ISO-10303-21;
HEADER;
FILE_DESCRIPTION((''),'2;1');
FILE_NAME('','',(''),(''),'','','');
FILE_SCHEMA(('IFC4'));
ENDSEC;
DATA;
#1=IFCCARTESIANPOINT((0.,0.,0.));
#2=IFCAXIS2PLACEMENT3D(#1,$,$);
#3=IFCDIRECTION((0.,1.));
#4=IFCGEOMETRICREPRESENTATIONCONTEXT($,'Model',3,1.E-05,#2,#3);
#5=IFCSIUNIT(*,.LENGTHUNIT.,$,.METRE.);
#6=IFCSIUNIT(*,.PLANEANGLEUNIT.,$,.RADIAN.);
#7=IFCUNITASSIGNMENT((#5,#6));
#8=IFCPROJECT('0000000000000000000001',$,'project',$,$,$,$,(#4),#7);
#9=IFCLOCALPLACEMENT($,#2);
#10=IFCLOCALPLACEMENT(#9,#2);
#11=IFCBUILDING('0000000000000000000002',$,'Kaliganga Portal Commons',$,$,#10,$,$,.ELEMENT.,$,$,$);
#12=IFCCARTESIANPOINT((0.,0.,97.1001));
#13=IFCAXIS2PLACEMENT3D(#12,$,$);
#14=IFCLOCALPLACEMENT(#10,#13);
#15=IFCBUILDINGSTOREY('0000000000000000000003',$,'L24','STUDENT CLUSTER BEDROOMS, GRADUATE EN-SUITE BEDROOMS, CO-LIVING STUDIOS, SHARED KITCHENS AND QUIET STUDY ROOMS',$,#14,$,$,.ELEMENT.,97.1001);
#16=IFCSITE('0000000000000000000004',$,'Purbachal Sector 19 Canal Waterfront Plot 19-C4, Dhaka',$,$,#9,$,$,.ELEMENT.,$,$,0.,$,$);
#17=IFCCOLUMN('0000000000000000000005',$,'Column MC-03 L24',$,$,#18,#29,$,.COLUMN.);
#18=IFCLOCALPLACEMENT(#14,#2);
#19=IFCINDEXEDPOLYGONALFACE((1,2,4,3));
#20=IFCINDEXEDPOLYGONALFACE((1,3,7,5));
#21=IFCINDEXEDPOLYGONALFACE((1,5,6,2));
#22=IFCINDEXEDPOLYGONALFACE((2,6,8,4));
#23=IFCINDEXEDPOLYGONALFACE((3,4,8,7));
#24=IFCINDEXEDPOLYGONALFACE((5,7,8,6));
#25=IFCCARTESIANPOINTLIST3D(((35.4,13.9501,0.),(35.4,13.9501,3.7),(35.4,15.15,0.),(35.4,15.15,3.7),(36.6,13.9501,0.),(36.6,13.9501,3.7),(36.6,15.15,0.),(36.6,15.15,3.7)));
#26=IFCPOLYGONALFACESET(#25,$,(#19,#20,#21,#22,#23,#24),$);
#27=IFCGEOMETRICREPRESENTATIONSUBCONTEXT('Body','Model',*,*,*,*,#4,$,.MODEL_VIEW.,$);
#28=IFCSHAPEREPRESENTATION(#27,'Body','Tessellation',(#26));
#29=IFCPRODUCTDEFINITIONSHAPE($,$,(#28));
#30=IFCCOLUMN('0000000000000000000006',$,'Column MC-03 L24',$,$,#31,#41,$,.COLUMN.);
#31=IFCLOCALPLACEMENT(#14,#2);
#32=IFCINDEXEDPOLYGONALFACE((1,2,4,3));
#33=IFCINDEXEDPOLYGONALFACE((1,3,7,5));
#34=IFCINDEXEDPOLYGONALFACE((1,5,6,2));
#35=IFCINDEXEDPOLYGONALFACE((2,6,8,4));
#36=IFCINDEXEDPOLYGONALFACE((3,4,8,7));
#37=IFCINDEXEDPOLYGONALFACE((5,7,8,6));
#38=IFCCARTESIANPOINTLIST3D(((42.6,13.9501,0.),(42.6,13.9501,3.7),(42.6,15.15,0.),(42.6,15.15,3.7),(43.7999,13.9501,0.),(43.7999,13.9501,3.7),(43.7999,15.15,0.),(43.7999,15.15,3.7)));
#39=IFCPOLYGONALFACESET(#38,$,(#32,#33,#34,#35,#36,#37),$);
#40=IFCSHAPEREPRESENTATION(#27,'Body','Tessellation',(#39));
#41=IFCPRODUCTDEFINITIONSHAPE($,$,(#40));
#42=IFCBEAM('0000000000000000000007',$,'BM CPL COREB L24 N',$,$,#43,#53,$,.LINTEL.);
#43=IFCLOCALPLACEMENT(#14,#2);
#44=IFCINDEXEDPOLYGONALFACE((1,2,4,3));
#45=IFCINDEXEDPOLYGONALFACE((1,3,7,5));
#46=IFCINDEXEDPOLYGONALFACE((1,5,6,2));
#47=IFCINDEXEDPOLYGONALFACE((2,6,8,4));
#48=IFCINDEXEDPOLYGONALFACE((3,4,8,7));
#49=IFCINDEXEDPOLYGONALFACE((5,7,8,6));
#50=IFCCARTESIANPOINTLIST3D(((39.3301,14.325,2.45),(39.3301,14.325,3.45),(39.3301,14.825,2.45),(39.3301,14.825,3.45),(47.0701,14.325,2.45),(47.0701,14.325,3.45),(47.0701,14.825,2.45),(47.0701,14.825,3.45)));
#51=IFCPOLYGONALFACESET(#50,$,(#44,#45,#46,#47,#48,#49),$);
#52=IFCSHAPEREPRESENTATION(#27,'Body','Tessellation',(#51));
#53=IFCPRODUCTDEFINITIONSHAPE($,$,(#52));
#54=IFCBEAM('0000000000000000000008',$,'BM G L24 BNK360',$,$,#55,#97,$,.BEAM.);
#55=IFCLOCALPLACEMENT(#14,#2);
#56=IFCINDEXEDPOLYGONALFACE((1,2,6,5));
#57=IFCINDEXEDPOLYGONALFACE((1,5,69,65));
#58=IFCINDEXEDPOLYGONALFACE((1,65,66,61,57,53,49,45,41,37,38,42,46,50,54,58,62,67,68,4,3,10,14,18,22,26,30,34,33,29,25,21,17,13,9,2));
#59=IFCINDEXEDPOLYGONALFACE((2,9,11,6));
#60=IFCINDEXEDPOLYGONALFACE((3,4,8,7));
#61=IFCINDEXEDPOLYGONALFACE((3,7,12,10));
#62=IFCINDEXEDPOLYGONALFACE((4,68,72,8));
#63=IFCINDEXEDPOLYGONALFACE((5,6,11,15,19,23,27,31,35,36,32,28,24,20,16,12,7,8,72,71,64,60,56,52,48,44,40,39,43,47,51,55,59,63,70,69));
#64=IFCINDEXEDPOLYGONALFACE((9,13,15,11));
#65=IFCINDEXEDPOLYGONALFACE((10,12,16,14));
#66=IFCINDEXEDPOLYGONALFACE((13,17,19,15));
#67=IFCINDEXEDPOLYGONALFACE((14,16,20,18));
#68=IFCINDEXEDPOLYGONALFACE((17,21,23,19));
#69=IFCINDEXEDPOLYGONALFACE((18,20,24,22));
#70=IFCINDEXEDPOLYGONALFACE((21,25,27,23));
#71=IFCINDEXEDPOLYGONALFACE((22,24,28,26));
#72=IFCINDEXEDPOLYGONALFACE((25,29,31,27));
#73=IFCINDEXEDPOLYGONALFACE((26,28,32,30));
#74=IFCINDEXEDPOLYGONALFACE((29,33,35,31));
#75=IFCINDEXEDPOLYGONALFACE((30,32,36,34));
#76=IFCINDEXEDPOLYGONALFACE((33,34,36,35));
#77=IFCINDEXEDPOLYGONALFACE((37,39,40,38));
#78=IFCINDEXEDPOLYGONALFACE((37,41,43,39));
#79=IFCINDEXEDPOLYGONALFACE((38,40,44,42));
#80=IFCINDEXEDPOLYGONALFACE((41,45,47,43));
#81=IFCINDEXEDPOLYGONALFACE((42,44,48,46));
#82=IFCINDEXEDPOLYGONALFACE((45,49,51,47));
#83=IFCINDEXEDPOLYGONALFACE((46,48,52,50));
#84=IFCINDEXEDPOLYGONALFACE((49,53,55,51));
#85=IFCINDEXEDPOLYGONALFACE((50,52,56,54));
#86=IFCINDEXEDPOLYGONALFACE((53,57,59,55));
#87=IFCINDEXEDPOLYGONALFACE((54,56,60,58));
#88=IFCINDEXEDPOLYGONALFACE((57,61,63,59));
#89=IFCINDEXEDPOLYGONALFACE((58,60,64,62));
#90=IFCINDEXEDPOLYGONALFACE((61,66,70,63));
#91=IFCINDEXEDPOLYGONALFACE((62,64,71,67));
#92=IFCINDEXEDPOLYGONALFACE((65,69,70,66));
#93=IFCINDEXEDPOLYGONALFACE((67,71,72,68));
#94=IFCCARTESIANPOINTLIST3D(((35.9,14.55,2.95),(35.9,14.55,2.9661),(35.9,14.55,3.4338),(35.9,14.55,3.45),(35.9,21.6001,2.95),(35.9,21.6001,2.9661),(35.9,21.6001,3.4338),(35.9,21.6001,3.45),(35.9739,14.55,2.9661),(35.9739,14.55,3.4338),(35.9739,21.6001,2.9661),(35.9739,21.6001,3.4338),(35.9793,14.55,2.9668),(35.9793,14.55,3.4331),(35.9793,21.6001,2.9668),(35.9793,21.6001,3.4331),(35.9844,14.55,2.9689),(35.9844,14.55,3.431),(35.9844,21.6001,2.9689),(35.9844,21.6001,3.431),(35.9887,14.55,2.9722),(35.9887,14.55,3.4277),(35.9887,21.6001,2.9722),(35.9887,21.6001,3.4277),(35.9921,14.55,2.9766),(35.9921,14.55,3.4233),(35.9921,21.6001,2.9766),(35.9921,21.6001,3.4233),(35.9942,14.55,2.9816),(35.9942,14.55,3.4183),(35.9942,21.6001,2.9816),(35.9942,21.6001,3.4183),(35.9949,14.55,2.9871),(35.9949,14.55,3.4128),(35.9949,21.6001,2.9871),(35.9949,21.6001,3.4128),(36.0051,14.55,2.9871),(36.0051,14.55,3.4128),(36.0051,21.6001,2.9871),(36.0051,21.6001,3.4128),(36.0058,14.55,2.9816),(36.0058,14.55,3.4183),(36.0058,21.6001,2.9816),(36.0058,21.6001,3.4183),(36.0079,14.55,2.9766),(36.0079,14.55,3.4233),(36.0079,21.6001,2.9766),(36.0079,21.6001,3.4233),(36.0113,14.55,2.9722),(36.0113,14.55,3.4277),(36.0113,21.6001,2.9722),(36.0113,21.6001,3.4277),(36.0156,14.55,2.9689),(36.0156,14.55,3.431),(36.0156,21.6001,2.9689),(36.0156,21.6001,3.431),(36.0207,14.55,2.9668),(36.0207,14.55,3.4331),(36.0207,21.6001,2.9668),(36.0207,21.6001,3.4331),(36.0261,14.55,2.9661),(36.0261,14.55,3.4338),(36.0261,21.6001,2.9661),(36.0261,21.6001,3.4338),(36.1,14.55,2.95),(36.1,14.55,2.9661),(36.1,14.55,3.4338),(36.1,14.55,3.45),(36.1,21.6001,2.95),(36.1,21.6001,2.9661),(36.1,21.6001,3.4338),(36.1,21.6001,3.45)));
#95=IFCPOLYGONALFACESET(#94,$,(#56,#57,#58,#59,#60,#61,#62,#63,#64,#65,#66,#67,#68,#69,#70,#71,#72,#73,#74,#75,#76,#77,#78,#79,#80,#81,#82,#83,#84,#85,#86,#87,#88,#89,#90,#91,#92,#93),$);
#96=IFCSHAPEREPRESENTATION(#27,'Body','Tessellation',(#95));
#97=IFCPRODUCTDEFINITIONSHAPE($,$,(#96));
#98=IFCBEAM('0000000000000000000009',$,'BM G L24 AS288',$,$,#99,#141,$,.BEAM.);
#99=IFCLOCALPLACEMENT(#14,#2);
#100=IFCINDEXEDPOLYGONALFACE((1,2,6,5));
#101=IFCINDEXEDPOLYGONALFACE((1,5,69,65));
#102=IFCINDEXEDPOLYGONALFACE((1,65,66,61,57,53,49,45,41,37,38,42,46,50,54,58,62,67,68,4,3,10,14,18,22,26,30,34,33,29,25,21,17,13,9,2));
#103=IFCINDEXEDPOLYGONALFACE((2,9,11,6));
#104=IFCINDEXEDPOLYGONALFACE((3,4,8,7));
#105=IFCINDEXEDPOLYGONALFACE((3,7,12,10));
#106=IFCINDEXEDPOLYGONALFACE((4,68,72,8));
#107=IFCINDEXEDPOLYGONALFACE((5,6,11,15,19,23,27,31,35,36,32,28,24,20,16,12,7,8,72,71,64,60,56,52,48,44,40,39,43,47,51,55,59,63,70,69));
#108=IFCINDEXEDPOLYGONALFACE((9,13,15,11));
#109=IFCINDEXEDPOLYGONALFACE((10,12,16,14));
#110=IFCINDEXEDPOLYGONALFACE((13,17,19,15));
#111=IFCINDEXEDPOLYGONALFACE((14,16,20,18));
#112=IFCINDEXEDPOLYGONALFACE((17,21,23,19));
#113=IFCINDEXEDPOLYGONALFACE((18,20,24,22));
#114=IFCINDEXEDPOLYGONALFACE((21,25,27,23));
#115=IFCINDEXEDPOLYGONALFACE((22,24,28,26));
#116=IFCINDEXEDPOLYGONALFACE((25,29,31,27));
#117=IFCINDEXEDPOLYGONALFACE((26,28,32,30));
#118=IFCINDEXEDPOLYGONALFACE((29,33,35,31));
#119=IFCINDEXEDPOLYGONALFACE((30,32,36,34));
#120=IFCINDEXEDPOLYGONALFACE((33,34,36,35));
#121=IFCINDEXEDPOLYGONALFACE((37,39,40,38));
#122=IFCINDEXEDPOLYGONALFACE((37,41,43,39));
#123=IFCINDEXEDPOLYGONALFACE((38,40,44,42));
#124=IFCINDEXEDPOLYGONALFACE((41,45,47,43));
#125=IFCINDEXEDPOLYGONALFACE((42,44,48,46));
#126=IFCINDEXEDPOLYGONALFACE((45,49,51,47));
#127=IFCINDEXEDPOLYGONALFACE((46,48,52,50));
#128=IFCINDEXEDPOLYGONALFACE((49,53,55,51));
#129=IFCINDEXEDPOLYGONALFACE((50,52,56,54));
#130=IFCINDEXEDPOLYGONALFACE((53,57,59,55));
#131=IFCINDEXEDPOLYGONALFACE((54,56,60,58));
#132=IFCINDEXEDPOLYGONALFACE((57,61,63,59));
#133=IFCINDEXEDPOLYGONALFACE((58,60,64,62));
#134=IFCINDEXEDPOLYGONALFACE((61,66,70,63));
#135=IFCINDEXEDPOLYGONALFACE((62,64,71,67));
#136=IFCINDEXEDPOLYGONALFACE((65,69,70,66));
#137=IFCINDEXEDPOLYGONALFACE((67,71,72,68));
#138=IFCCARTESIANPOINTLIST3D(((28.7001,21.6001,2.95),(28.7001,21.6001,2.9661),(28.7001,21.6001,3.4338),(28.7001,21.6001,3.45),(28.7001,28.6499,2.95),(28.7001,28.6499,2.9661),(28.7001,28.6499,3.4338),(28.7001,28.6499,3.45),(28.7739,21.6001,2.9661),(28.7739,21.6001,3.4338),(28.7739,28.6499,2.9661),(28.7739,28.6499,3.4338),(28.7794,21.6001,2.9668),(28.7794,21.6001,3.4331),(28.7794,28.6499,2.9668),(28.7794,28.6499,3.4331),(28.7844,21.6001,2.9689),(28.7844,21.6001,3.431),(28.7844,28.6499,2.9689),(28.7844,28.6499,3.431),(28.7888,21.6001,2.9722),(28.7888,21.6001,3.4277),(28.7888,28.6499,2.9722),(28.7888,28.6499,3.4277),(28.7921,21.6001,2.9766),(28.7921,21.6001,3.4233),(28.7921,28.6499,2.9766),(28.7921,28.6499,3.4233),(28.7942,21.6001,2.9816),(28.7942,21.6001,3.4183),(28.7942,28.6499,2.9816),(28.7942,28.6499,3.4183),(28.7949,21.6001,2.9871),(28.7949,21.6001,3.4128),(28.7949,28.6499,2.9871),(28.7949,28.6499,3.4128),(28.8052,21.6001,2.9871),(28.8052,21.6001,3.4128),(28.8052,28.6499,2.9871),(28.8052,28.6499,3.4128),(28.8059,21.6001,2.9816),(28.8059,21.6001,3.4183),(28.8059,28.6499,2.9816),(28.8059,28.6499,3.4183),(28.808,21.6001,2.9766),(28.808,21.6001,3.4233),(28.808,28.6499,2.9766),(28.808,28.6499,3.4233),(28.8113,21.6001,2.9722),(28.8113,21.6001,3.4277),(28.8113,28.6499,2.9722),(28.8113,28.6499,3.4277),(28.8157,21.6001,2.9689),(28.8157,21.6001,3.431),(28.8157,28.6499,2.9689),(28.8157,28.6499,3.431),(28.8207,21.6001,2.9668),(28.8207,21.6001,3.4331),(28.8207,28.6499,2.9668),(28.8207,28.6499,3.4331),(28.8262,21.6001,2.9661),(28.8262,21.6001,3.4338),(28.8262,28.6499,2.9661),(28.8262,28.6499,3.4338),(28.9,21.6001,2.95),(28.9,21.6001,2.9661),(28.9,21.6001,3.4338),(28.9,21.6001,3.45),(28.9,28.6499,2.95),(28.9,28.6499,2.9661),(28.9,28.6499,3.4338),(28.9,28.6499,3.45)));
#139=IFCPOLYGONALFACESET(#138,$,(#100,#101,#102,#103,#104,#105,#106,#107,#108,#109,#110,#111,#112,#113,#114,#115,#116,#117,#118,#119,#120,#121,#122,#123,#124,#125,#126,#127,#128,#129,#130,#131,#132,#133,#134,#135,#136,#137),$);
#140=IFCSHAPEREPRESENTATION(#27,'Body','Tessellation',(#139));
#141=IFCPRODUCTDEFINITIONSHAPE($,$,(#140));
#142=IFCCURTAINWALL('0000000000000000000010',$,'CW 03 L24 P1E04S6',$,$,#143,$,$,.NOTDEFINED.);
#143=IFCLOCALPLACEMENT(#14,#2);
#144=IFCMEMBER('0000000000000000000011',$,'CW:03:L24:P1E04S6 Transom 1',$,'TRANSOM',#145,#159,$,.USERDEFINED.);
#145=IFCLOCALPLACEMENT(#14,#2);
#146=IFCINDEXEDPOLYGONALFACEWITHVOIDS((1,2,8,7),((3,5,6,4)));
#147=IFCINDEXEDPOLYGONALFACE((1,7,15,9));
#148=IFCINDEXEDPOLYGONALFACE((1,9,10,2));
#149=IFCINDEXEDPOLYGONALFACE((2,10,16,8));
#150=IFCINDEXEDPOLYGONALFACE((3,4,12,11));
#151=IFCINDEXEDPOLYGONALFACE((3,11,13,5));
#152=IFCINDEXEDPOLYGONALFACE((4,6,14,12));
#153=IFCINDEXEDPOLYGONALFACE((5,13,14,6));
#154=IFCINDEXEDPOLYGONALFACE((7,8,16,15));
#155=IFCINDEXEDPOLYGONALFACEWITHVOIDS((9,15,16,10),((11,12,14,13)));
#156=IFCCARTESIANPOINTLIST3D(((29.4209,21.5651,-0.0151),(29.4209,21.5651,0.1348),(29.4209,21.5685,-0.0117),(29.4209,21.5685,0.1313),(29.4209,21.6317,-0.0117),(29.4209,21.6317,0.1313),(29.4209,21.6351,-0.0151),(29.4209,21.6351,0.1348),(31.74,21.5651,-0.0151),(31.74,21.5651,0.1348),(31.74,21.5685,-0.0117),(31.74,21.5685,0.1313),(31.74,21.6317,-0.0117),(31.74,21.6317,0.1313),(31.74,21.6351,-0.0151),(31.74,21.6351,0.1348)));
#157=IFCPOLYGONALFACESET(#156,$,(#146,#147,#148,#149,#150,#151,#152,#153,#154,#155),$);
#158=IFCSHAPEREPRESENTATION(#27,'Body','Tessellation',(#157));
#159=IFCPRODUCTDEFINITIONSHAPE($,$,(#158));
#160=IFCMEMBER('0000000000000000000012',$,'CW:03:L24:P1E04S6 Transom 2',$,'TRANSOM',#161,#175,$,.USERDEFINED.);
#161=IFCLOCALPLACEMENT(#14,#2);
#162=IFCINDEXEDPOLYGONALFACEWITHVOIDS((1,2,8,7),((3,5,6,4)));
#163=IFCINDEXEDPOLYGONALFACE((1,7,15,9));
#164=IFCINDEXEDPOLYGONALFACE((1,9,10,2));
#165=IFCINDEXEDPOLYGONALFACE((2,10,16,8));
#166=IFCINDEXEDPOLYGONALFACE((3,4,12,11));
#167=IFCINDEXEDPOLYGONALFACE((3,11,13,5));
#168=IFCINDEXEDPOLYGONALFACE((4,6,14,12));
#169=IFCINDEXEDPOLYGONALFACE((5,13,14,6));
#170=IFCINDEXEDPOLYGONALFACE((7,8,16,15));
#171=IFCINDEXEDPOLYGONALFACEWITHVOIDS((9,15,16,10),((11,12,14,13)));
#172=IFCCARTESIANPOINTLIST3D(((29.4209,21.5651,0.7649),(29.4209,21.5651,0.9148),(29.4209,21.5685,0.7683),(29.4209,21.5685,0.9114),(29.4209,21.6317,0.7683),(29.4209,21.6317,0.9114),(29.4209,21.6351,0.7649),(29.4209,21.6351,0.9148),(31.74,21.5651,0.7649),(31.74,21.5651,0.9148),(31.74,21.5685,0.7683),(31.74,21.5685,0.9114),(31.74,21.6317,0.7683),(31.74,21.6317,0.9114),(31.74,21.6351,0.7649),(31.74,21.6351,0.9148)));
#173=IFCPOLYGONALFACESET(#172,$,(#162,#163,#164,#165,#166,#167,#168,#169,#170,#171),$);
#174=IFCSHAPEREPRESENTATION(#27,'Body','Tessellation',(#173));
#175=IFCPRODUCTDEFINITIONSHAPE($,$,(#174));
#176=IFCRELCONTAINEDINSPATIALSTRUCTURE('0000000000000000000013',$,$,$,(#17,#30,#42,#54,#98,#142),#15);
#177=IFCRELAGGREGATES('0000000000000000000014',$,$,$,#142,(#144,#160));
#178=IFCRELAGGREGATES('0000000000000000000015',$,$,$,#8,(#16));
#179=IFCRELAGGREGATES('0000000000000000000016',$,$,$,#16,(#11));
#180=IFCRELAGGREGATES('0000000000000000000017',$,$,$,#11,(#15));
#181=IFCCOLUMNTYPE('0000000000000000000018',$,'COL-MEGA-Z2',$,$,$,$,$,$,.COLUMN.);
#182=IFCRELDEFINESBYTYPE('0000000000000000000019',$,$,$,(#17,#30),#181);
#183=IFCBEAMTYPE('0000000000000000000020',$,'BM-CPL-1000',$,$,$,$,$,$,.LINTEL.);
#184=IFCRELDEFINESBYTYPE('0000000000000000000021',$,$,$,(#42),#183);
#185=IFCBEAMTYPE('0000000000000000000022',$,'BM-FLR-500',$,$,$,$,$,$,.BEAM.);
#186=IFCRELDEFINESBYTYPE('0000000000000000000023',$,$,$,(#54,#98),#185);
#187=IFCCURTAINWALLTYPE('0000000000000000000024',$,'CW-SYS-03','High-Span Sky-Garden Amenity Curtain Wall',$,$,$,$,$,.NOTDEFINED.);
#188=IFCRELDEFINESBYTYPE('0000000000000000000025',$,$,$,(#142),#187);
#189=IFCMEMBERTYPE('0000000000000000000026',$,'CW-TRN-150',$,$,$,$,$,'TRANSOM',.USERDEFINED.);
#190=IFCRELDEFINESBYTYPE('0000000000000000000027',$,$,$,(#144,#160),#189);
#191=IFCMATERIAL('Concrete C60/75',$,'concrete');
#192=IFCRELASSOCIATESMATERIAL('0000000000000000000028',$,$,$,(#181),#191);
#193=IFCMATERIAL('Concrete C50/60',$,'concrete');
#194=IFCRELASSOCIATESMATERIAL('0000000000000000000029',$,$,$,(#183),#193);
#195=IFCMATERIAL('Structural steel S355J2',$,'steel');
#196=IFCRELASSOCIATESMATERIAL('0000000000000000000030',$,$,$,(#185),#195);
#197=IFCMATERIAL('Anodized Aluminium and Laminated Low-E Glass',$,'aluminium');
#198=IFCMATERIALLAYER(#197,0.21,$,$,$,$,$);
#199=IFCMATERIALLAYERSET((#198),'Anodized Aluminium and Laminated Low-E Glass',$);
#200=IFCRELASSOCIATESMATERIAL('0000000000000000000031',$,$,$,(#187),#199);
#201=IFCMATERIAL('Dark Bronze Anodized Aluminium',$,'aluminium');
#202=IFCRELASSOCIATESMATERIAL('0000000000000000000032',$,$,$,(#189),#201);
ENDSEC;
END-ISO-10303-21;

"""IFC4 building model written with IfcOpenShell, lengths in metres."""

from ifc_helpers import new_model, si_unit, direction, frame, origin, origin_2d, place, context, subcontext, project, spatial, rectangle, hollow_rectangle, i_section, extrude, source, transform, mapped, material, layer, layer_set, material_profile, profile_set, type_object, element, aggregate, save


model = new_model("IFC4")

# Units and contexts
model_context = context("Model", 3, precision=1e-05, world=origin(), true_north=direction((0.0, 1.0)))
body_context = subcontext(model_context, "Body", "Model", "MODEL_VIEW")
ifc_project = project(units=[si_unit("LENGTHUNIT", "METRE"), si_unit("PLANEANGLEUNIT", "RADIAN")], contexts=[model_context])

# Site, building, storey
site_placement = place(None, origin())
site = spatial("IfcSite", under=ifc_project, at=site_placement, Name="Purbachal Sector 19 Canal Waterfront Plot 19-C4, Dhaka", CompositionType="ELEMENT", RefElevation=0.0)
building_placement = place(site_placement, origin())
building = spatial("IfcBuilding", under=site, at=building_placement, Name="Kaliganga Portal Commons", CompositionType="ELEMENT")
storey_placement = place(building_placement, frame((0.0, 0.0, 97.1001)))
storey = spatial("IfcBuildingStorey", under=building, at=storey_placement, Name="L24", Description="STUDENT CLUSTER BEDROOMS, GRADUATE EN-SUITE BEDROOMS, CO-LIVING STUDIOS, SHARED KITCHENS AND QUIET STUDY ROOMS", CompositionType="ELEMENT", Elevation=97.1001)

# Columns
ifc_material_1 = material(Name="Concrete C60/75", Category="concrete")
ifc_material_profile_1 = material_profile(ifc_material_1, rectangle(XDim=1.2, YDim=1.2, at=origin_2d()), Name="RC 1200x1200")
ifc_profile_set_1 = profile_set([ifc_material_profile_1], Name="Concrete C60/75")
column_type = type_object("IfcColumnType", Name="COL-MEGA-Z2", PredefinedType="COLUMN", material=ifc_profile_set_1)
shared_shape_1 = source(origin(), body_context, "Body", "SweptSolid", [
    extrude(rectangle(XDim=1.2, YDim=1.2, at=origin_2d()), origin(), (0.0, 0.0, 1.0), 3.7),
])
for number, where, z_axis, x_axis, name in (
    (1, (36.0, 14.55, 0.0), (0.0, 0.0, 1.0), (1.0, 0.0, 0.0), "Column MC-03 L24"),
    (2, (43.2, 14.55, 0.0), (0.0, 0.0, 1.0), (1.0, 0.0, 0.0), "Column MC-03 L24"),
):
    element("IfcColumn", number, at=place(storey_placement, frame(where, z_axis=z_axis, x_axis=x_axis)), inside=storey, type_object=column_type, Name=name, PredefinedType="COLUMN", context=body_context, shape_type="MappedRepresentation", body=[
        mapped(shared_shape_1, transform((0.0, 0.0, 0.0), x_axis=(1.0, 0.0, 0.0), y_axis=(0.0, 1.0, 0.0), z_axis=(0.0, 0.0, 1.0), scale=1.0)),
    ])

# Beams
ifc_material_2 = material(Name="Concrete C50/60", Category="concrete")
ifc_material_profile_2 = material_profile(ifc_material_2, rectangle(XDim=0.5, YDim=1.0, at=origin_2d()), Name="RC 500x1000")
ifc_profile_set_2 = profile_set([ifc_material_profile_2], Name="Concrete C50/60")
beam_type_1 = type_object("IfcBeamType", Name="BM-CPL-1000", PredefinedType="LINTEL", material=ifc_profile_set_2)
shared_shape_2 = source(origin(), body_context, "Body", "SweptSolid", [
    extrude(rectangle(XDim=0.5, YDim=1.0, at=origin_2d()), origin(), (0.0, 0.0, 1.0), 7.74),
])
beam_1_placement = place(storey_placement, frame((39.3301, 14.575, 2.95), z_axis=(1.0, 0.0, 0.0), x_axis=(0.0, 1.0, 0.0)))
element("IfcBeam", 3, at=beam_1_placement, inside=storey, type_object=beam_type_1, Name="BM CPL COREB L24 N", PredefinedType="LINTEL", context=body_context, shape_type="MappedRepresentation", body=[
    mapped(shared_shape_2, transform((0.0, 0.0, 0.0), x_axis=(1.0, 0.0, 0.0), y_axis=(0.0, 1.0, 0.0), z_axis=(0.0, 0.0, 1.0), scale=1.0)),
])
ifc_material_3 = material(Name="Structural steel S355J2", Category="steel")
ifc_material_profile_3 = material_profile(ifc_material_3, i_section(OverallWidth=0.2, OverallDepth=0.5, WebThickness=0.0103, FlangeThickness=0.0161, FilletRadius=0.021, at=origin_2d()), Name="IPE 500")
ifc_profile_set_3 = profile_set([ifc_material_profile_3], Name="Structural steel S355J2 wide-flange")
beam_type_2 = type_object("IfcBeamType", Name="BM-FLR-500", PredefinedType="BEAM", material=ifc_profile_set_3)
shared_shape_3 = source(origin(), body_context, "Body", "SweptSolid", [
    extrude(i_section(OverallWidth=0.2, OverallDepth=0.5, WebThickness=0.0103, FlangeThickness=0.0161, FilletRadius=0.021, at=origin_2d()), origin(), (0.0, 0.0, 1.0), 7.05),
])
beam_2_placement = place(storey_placement, frame((36.0, 14.55, 3.2), z_axis=(0.0, 1.0, 0.0), x_axis=(-1.0, 0.0, 0.0)))
element("IfcBeam", 4, at=beam_2_placement, inside=storey, type_object=beam_type_2, Name="BM G L24 BNK360", PredefinedType="BEAM", context=body_context, shape_type="MappedRepresentation", body=[
    mapped(shared_shape_3, transform((0.0, 0.0, 0.0), x_axis=(1.0, 0.0, 0.0), y_axis=(0.0, 1.0, 0.0), z_axis=(0.0, 0.0, 1.0), scale=1.0)),
])
shared_shape_4 = source(origin(), body_context, "Body", "SweptSolid", [
    extrude(i_section(OverallWidth=0.2, OverallDepth=0.5, WebThickness=0.0103, FlangeThickness=0.0161, FilletRadius=0.021, at=origin_2d()), origin(), (0.0, 0.0, 1.0), 7.0498),
])
beam_3_placement = place(storey_placement, frame((28.8, 21.6001, 3.2), z_axis=(0.0, 1.0, 0.0), x_axis=(-1.0, 0.0, 0.0)))
element("IfcBeam", 5, at=beam_3_placement, inside=storey, type_object=beam_type_2, Name="BM G L24 AS288", PredefinedType="BEAM", context=body_context, shape_type="MappedRepresentation", body=[
    mapped(shared_shape_4, transform((0.0, 0.0, 0.0), x_axis=(1.0, 0.0, 0.0), y_axis=(0.0, 1.0, 0.0), z_axis=(0.0, 0.0, 1.0), scale=1.0)),
])

# Curtain wall, members
ifc_material_4 = material(Name="Anodized Aluminium and Laminated Low-E Glass", Category="aluminium")
ifc_layer_1 = layer(ifc_material_4, 0.21)
ifc_layer_set_1 = layer_set([ifc_layer_1], Name="Anodized Aluminium and Laminated Low-E Glass")
curtain_wall_type = type_object("IfcCurtainWallType", Name="CW-SYS-03", Description="High-Span Sky-Garden Amenity Curtain Wall", PredefinedType="NOTDEFINED", material=ifc_layer_set_1)
curtain_wall_placement = place(storey_placement, origin())
curtain_wall = element("IfcCurtainWall", 6, at=curtain_wall_placement, inside=storey, type_object=curtain_wall_type, Name="CW 03 L24 P1E04S6", PredefinedType="NOTDEFINED")
ifc_material_5 = material(Name="Dark Bronze Anodized Aluminium", Category="aluminium")
ifc_material_profile_4 = material_profile(ifc_material_5, hollow_rectangle(XDim=0.0701, YDim=0.1499, WallThickness=0.0034, at=origin_2d()), Name="ALU TRAN 70x150x3.5")
ifc_profile_set_4 = profile_set([ifc_material_profile_4], Name="Dark Bronze Anodized Aluminium")
member_type_1 = type_object("IfcMemberType", Name="CW-TRN-150", ElementType="TRANSOM", PredefinedType="USERDEFINED", material=ifc_profile_set_4)
shared_shape_5 = source(origin(), body_context, "Body", "SweptSolid", [
    extrude(hollow_rectangle(XDim=0.0701, YDim=0.1499, WallThickness=0.0034, at=origin_2d()), origin(), (0.0, 0.0, 1.0), 2.3191),
])
member_1_placement = place(storey_placement, frame((29.4209, 21.6001, 0.0598), z_axis=(1.0, 0.0, 0.0), x_axis=(0.0, 1.0, 0.0)))
member_1 = element("IfcMember", 7, at=member_1_placement, type_object=member_type_1, Name="CW:03:L24:P1E04S6 Transom 1", ObjectType="TRANSOM", PredefinedType="USERDEFINED", context=body_context, shape_type="MappedRepresentation", body=[
    mapped(shared_shape_5, transform((0.0, 0.0, 0.0), x_axis=(1.0, 0.0, 0.0), y_axis=(0.0, 1.0, 0.0), z_axis=(0.0, 0.0, 1.0), scale=1.0)),
])
member_2_placement = place(storey_placement, frame((29.4209, 21.6001, 0.8398), z_axis=(1.0, 0.0, 0.0), x_axis=(0.0, 1.0, 0.0)))
member_2 = element("IfcMember", 8, at=member_2_placement, type_object=member_type_1, Name="CW:03:L24:P1E04S6 Transom 2", ObjectType="TRANSOM", PredefinedType="USERDEFINED", context=body_context, shape_type="MappedRepresentation", body=[
    mapped(shared_shape_5, transform((0.0, 0.0, 0.0), x_axis=(1.0, 0.0, 0.0), y_axis=(0.0, 1.0, 0.0), z_axis=(0.0, 0.0, 1.0), scale=1.0)),
])

aggregate(curtain_wall, [member_1, member_2])

save(model, "model.ifc")
